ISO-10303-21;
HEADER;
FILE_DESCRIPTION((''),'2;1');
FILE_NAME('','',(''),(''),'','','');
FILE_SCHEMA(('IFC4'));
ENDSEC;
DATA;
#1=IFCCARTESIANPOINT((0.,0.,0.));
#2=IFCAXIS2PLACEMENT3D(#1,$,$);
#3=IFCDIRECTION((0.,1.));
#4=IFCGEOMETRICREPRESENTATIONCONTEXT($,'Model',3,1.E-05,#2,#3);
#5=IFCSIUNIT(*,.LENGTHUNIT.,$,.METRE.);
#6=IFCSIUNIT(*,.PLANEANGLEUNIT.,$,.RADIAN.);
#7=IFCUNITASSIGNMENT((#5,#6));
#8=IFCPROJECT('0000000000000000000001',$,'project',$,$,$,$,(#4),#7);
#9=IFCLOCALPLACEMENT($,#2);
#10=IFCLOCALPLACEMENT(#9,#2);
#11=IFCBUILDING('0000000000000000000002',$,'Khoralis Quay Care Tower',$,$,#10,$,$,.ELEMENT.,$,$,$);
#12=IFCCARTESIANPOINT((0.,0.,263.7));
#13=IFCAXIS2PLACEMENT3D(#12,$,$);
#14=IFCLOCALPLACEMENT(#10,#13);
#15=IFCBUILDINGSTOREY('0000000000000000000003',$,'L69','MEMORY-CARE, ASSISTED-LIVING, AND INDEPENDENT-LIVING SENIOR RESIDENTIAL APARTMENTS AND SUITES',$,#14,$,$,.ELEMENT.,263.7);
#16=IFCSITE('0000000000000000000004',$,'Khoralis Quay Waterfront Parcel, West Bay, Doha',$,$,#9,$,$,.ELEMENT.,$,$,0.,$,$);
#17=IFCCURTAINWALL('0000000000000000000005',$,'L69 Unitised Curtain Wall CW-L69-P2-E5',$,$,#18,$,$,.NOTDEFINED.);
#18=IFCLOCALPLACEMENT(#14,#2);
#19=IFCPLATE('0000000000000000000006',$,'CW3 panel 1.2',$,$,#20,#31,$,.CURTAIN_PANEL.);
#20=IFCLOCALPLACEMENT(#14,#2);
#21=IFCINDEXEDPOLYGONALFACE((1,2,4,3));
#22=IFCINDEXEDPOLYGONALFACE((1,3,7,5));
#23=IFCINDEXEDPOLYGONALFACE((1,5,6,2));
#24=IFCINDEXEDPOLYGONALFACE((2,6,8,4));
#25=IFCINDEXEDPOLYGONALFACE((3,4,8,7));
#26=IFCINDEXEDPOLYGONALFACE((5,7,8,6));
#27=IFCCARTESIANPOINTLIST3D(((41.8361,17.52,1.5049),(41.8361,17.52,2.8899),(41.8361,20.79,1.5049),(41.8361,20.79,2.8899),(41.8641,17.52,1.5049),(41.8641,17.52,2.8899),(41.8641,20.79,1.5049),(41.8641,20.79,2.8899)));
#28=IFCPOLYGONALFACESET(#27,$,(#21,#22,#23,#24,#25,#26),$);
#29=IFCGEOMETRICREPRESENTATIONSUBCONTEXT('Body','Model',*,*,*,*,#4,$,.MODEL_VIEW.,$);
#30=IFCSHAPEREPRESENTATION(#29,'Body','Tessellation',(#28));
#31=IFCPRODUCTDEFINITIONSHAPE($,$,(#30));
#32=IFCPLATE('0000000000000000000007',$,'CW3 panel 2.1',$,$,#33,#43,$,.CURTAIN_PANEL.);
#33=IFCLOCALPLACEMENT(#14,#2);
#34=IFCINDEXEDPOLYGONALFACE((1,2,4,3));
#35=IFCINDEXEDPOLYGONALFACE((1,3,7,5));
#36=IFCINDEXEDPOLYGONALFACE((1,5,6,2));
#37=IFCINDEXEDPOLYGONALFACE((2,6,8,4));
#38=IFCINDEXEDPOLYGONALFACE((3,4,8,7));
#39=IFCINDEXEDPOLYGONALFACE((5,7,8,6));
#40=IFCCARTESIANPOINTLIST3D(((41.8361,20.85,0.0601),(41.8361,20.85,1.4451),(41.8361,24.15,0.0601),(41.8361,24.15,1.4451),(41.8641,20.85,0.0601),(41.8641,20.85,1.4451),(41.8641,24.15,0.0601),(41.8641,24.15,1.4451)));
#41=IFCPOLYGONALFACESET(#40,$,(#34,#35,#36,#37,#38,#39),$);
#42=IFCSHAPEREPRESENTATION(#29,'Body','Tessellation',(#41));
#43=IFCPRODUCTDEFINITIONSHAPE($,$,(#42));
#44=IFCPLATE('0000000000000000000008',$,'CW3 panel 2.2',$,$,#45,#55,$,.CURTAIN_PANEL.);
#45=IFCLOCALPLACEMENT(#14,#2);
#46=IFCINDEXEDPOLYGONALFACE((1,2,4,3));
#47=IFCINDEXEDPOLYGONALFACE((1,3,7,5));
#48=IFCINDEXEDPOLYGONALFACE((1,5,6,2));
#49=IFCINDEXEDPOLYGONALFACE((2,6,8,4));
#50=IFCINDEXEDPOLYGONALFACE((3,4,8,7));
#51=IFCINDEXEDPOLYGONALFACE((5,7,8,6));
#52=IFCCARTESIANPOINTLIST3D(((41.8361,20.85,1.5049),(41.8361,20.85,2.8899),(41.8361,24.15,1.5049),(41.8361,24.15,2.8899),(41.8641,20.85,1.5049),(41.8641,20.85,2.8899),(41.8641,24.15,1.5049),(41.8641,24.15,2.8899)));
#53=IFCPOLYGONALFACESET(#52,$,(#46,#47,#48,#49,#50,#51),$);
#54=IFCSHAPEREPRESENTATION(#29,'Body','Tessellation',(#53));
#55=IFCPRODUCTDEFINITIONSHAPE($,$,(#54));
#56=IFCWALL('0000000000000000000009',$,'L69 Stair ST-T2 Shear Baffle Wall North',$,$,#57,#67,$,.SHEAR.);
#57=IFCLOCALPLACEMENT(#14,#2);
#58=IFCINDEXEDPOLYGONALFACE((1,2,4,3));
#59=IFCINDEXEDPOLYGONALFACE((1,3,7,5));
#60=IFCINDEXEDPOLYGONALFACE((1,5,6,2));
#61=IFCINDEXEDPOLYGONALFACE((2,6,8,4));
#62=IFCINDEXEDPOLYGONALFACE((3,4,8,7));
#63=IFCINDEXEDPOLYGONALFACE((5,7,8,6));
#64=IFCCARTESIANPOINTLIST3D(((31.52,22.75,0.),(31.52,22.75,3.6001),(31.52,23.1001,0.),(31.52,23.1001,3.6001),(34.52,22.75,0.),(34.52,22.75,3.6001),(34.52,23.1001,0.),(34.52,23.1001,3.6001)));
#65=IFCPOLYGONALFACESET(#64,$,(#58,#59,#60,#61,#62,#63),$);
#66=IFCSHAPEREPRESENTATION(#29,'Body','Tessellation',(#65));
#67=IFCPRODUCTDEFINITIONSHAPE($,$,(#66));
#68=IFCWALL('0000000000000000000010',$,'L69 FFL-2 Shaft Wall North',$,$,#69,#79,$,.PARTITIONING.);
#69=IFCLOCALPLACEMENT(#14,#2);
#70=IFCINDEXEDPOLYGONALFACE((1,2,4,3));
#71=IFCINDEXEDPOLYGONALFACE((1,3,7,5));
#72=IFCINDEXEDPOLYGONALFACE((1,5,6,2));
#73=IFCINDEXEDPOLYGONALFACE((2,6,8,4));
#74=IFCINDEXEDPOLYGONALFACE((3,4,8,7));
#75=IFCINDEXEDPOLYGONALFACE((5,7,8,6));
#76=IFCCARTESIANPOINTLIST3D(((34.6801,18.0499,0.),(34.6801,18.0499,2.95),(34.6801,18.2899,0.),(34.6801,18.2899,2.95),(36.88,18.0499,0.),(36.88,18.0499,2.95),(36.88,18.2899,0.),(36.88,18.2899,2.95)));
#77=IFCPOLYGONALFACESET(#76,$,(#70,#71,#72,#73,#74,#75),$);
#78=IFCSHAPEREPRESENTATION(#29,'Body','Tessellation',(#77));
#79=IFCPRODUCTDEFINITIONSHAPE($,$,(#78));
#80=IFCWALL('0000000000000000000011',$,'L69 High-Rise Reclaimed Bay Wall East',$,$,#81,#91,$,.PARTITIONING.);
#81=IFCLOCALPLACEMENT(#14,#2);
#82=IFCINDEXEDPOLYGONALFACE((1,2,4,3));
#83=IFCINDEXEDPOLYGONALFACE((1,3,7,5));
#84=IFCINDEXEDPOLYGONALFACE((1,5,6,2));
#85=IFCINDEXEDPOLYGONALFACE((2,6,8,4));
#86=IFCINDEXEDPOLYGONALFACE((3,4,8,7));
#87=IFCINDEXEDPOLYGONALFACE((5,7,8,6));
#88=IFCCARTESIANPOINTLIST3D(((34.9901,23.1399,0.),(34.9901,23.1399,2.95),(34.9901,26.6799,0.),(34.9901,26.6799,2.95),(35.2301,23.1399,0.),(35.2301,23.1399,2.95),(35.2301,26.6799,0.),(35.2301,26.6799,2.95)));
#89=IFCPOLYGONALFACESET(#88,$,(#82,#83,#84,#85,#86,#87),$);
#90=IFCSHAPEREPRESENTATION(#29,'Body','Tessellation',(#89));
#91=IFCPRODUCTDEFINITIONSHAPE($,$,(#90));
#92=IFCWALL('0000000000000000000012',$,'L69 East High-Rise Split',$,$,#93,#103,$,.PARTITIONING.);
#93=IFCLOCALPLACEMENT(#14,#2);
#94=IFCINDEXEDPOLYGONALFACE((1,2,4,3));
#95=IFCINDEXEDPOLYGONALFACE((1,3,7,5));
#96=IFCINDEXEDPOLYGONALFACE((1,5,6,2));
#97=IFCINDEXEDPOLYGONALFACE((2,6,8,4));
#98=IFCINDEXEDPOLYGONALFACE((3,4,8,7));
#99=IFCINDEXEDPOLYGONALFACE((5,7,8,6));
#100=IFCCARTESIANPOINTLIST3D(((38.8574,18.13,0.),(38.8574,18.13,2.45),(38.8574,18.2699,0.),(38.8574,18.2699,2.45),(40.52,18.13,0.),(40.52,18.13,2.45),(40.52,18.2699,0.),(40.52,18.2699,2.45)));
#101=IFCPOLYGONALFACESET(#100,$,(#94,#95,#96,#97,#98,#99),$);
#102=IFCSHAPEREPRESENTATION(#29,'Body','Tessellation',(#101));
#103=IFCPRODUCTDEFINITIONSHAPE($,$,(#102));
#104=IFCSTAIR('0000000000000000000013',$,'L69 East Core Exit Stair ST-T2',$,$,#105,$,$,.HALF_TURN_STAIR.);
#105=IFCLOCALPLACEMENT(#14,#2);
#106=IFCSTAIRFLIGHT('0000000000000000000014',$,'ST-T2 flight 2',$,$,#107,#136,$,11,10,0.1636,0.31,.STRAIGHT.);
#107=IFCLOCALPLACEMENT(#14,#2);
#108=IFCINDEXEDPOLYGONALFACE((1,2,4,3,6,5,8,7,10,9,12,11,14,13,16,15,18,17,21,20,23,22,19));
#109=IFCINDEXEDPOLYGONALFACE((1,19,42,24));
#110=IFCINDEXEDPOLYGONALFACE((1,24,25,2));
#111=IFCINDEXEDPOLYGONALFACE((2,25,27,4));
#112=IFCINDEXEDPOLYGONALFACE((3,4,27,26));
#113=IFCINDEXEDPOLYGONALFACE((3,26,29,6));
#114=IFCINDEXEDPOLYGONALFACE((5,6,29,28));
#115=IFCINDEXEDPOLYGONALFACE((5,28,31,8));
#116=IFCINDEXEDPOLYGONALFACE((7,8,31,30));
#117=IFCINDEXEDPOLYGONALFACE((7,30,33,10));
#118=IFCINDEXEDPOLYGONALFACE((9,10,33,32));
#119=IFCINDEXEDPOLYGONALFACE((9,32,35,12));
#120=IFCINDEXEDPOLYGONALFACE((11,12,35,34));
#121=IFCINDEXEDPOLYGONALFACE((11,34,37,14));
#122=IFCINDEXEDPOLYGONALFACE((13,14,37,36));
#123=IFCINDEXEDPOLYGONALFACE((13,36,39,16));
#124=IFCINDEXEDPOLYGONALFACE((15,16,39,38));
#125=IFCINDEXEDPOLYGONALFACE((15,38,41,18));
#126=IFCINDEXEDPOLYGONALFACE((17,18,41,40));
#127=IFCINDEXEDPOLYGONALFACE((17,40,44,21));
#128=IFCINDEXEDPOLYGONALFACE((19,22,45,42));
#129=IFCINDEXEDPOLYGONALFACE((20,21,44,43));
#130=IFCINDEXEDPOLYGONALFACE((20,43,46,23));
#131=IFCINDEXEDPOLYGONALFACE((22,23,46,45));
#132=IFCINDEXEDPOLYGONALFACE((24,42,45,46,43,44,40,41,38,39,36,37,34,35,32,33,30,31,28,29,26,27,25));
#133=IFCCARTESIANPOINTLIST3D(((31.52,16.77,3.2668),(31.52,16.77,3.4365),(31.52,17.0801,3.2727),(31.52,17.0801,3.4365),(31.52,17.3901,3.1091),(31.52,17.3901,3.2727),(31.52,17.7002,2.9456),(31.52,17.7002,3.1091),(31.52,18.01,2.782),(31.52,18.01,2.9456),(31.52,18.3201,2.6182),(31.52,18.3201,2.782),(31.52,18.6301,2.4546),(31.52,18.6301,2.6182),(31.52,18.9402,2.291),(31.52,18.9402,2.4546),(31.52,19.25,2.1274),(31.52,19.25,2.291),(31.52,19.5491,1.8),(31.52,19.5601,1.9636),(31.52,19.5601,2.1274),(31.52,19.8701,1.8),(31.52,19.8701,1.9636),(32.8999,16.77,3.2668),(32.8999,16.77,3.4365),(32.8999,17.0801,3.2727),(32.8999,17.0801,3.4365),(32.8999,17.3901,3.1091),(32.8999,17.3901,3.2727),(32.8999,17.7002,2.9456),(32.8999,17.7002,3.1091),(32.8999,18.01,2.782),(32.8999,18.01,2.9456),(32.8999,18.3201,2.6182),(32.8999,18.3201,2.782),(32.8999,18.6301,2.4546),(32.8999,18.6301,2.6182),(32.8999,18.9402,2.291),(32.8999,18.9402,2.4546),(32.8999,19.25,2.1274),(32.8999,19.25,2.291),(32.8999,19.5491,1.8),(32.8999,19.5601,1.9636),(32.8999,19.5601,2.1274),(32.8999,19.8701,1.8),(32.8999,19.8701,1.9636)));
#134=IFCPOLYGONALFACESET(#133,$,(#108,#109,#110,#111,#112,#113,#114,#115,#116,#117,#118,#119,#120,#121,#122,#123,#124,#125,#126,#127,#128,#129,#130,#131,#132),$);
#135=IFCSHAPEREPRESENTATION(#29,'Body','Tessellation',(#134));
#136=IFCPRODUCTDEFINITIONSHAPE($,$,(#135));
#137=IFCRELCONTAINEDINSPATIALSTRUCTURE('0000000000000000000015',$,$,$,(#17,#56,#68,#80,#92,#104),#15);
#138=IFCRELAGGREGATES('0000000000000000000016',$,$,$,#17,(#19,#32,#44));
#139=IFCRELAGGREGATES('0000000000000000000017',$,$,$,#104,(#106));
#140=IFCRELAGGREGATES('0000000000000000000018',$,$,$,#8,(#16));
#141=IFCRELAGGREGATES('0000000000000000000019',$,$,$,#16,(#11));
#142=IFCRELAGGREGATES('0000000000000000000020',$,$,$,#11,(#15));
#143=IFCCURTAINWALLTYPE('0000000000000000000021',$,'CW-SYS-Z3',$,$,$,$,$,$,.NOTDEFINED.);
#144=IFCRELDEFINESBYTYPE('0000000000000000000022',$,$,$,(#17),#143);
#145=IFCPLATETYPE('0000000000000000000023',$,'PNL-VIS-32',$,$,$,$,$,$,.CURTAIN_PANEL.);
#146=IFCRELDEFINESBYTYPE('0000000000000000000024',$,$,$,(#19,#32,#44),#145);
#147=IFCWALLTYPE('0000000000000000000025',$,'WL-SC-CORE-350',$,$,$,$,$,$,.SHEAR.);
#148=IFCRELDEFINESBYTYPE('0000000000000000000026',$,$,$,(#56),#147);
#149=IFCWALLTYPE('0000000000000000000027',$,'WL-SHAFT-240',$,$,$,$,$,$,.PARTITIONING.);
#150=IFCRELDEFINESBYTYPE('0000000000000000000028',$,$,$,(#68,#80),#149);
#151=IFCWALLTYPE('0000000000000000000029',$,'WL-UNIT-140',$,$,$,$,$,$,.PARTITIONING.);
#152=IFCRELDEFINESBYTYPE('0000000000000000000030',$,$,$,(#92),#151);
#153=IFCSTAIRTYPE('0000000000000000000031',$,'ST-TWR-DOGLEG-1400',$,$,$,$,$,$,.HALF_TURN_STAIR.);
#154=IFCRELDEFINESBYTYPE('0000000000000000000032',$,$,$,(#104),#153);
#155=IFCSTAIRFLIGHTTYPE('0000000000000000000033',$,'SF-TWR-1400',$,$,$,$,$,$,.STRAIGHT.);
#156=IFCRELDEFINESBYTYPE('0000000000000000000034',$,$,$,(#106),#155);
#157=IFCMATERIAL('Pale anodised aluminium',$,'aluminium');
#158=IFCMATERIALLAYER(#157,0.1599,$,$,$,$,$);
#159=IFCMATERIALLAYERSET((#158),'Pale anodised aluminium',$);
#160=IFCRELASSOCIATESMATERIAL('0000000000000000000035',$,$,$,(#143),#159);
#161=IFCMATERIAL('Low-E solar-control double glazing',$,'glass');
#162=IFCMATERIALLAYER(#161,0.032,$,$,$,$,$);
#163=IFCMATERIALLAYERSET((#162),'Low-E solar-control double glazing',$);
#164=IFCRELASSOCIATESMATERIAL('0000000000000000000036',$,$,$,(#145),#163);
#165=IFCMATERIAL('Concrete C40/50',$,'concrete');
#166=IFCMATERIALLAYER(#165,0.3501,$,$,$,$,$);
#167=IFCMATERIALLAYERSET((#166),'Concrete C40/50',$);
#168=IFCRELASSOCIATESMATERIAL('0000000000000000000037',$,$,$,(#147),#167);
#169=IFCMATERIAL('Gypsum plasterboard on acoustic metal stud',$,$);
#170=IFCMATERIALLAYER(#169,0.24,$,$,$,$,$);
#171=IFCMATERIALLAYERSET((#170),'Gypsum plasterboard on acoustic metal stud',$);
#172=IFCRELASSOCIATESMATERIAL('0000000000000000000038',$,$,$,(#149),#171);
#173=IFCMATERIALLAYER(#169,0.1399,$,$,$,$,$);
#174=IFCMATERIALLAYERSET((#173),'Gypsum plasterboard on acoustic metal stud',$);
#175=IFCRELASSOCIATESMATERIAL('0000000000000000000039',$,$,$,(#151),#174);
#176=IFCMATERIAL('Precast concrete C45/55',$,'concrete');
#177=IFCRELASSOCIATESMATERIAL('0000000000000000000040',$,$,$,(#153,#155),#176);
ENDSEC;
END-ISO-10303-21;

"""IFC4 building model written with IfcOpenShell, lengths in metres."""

from ifc_helpers import new_model, si_unit, direction, frame, frame_2d, origin, origin_2d, place, context, subcontext, project, spatial, polyline, rectangle, outline, extrude, source, transform, mapped, material, layer, layer_set, type_object, element, aggregate, save


model = new_model("IFC4")

# Units and contexts
model_context = context("Model", 3, precision=1e-05, world=origin(), true_north=direction((0.0, 1.0)))
body_context = subcontext(model_context, "Body", "Model", "MODEL_VIEW")
ifc_project = project(units=[si_unit("LENGTHUNIT", "METRE"), si_unit("PLANEANGLEUNIT", "RADIAN")], contexts=[model_context])

# Site, building, storey
site_placement = place(None, origin())
site = spatial("IfcSite", under=ifc_project, at=site_placement, Name="Khoralis Quay Waterfront Parcel, West Bay, Doha", CompositionType="ELEMENT", RefElevation=0.0)
building_placement = place(site_placement, origin())
building = spatial("IfcBuilding", under=site, at=building_placement, Name="Khoralis Quay Care Tower", CompositionType="ELEMENT")
storey_placement = place(building_placement, frame((0.0, 0.0, 263.7)))
storey = spatial("IfcBuildingStorey", under=building, at=storey_placement, Name="L69", Description="MEMORY-CARE, ASSISTED-LIVING, AND INDEPENDENT-LIVING SENIOR RESIDENTIAL APARTMENTS AND SUITES", CompositionType="ELEMENT", Elevation=263.7)

# Curtain wall, plates
ifc_material_1 = material(Name="Pale anodised aluminium", Category="aluminium")
ifc_layer_1 = layer(ifc_material_1, 0.1599)
ifc_layer_set_1 = layer_set([ifc_layer_1], Name="Pale anodised aluminium")
curtain_wall_type = type_object("IfcCurtainWallType", Name="CW-SYS-Z3", PredefinedType="NOTDEFINED", material=ifc_layer_set_1)
curtain_wall_placement = place(storey_placement, origin())
curtain_wall = element("IfcCurtainWall", 1, at=curtain_wall_placement, inside=storey, type_object=curtain_wall_type, Name="L69 Unitised Curtain Wall CW-L69-P2-E5", PredefinedType="NOTDEFINED")
ifc_material_2 = material(Name="Low-E solar-control double glazing", Category="glass")
ifc_layer_2 = layer(ifc_material_2, 0.032)
ifc_layer_set_2 = layer_set([ifc_layer_2], Name="Low-E solar-control double glazing")
plate_type = type_object("IfcPlateType", Name="PNL-VIS-32", PredefinedType="CURTAIN_PANEL", material=ifc_layer_set_2)
shared_shape_1 = source(origin(), body_context, "Body", "SweptSolid", [
    extrude(rectangle(XDim=3.27, YDim=0.0281, at=origin_2d()), origin(), (0.0, 0.0, 1.0), 1.385),
])
plate_1_placement = place(storey_placement, frame((41.8501, 19.155, 1.5049), z_axis=(0.0, 0.0, 1.0), x_axis=(0.0, 1.0, 0.0)))
plate_1 = element("IfcPlate", 2, at=plate_1_placement, type_object=plate_type, Name="CW3 panel 1.2", PredefinedType="CURTAIN_PANEL", context=body_context, shape_type="MappedRepresentation", body=[
    mapped(shared_shape_1, transform((0.0, 0.0, 0.0), scale=1.0)),
])
shared_shape_2 = source(origin(), body_context, "Body", "SweptSolid", [
    extrude(rectangle(XDim=3.3, YDim=0.0281, at=origin_2d()), origin(), (0.0, 0.0, 1.0), 1.385),
])
plate_2_placement = place(storey_placement, frame((41.8501, 22.5, 0.0601), z_axis=(0.0, 0.0, 1.0), x_axis=(0.0, 1.0, 0.0)))
plate_2 = element("IfcPlate", 3, at=plate_2_placement, type_object=plate_type, Name="CW3 panel 2.1", PredefinedType="CURTAIN_PANEL", context=body_context, shape_type="MappedRepresentation", body=[
    mapped(shared_shape_2, transform((0.0, 0.0, 0.0), scale=1.0)),
])
plate_3_placement = place(storey_placement, frame((41.8501, 22.5, 1.5049), z_axis=(0.0, 0.0, 1.0), x_axis=(0.0, 1.0, 0.0)))
plate_3 = element("IfcPlate", 4, at=plate_3_placement, type_object=plate_type, Name="CW3 panel 2.2", PredefinedType="CURTAIN_PANEL", context=body_context, shape_type="MappedRepresentation", body=[
    mapped(shared_shape_2, transform((0.0, 0.0, 0.0), scale=1.0)),
])
aggregate(curtain_wall, [plate_1, plate_2, plate_3])

# Walls
ifc_material_3 = material(Name="Concrete C40/50", Category="concrete")
ifc_layer_3 = layer(ifc_material_3, 0.3501)
ifc_layer_set_3 = layer_set([ifc_layer_3], Name="Concrete C40/50")
wall_type_1 = type_object("IfcWallType", Name="WL-SC-CORE-350", PredefinedType="SHEAR", material=ifc_layer_set_3)
wall_1_placement = place(storey_placement, frame((31.52, 22.925, 0.0), z_axis=(0.0, 0.0, 1.0), x_axis=(1.0, 0.0, 0.0)))
element("IfcWall", 5, at=wall_1_placement, inside=storey, type_object=wall_type_1, Name="L69 Stair ST-T2 Shear Baffle Wall North", PredefinedType="SHEAR", context=body_context, shape_type="SweptSolid", body=[
    extrude(rectangle(XDim=3.0, YDim=0.3501, at=frame_2d((1.5, 0.0))), origin(), (0.0, 0.0, 1.0), 3.6001),
])
ifc_material_4 = material(Name="Gypsum plasterboard on acoustic metal stud")
ifc_layer_4 = layer(ifc_material_4, 0.24)
ifc_layer_set_4 = layer_set([ifc_layer_4], Name="Gypsum plasterboard on acoustic metal stud")
wall_type_2 = type_object("IfcWallType", Name="WL-SHAFT-240", PredefinedType="PARTITIONING", material=ifc_layer_set_4)
wall_2_placement = place(storey_placement, frame((34.6799, 18.1699, 0.0), z_axis=(0.0, 0.0, 1.0), x_axis=(1.0, 0.0, 0.0)))
element("IfcWall", 6, at=wall_2_placement, inside=storey, type_object=wall_type_2, Name="L69 FFL-2 Shaft Wall North", PredefinedType="PARTITIONING", context=body_context, shape_type="SweptSolid", body=[
    extrude(rectangle(XDim=2.2, YDim=0.24, at=frame_2d((1.1001, 0.0))), origin(), (0.0, 0.0, 1.0), 2.95),
])
wall_3_placement = place(storey_placement, frame((35.1101, 23.1399, 0.0), z_axis=(0.0, 0.0, 1.0), x_axis=(0.0, 1.0, 0.0)))
element("IfcWall", 7, at=wall_3_placement, inside=storey, type_object=wall_type_2, Name="L69 High-Rise Reclaimed Bay Wall East", PredefinedType="PARTITIONING", context=body_context, shape_type="SweptSolid", body=[
    extrude(rectangle(XDim=3.54, YDim=0.24, at=frame_2d((1.77, 0.0))), origin(), (0.0, 0.0, 1.0), 2.95),
])
ifc_layer_5 = layer(ifc_material_4, 0.1399)
ifc_layer_set_5 = layer_set([ifc_layer_5], Name="Gypsum plasterboard on acoustic metal stud")
wall_type_3 = type_object("IfcWallType", Name="WL-UNIT-140", PredefinedType="PARTITIONING", material=ifc_layer_set_5)
wall_4_placement = place(storey_placement, frame((38.8574, 18.2, 0.0), z_axis=(0.0, 0.0, 1.0), x_axis=(1.0, 0.0, 0.0)))
element("IfcWall", 8, at=wall_4_placement, inside=storey, type_object=wall_type_3, Name="L69 East High-Rise Split", PredefinedType="PARTITIONING", context=body_context, shape_type="SweptSolid", body=[
    extrude(rectangle(XDim=1.6626, YDim=0.1399, at=frame_2d((0.8313, 0.0))), origin(), (0.0, 0.0, 1.0), 2.45),
])

# Stair, stair flight
ifc_material_5 = material(Name="Precast concrete C45/55", Category="concrete")
stair_type = type_object("IfcStairType", Name="ST-TWR-DOGLEG-1400", PredefinedType="HALF_TURN_STAIR", material=ifc_material_5)
stair_placement = place(storey_placement, origin())
stair = element("IfcStair", 9, at=stair_placement, inside=storey, type_object=stair_type, Name="L69 East Core Exit Stair ST-T2", PredefinedType="HALF_TURN_STAIR")
stair_flight_type = type_object("IfcStairFlightType", Name="SF-TWR-1400", PredefinedType="STRAIGHT", material=ifc_material_5)
shared_shape_3 = source(origin(), body_context, "Body", "SweptSolid", [
    extrude(outline(polyline([(0.0, 0.0), (0.0, 0.1636), (0.3101, 0.1636), (0.3101, 0.3274), (0.6201, 0.3274), (0.6201, 0.491), (0.9299, 0.491), (0.9299, 0.6545), (1.24, 0.6545), (1.24, 0.8181), (1.55, 0.8181), (1.55, 0.9819), (1.8601, 0.9819), (1.8601, 1.1455), (2.1699, 1.1455), (2.1699, 1.3091), (2.48, 1.3091), (2.48, 1.4727), (2.79, 1.4727), (2.79, 1.6365), (3.1001, 1.6365), (3.1001, 1.8), (3.1001, 1.4668), (0.321, 0.0), (0.0, 0.0)])), frame((0.0, 0.6899, 0.0), z_axis=(0.0, -1.0, 0.0), x_axis=(1.0, 0.0, 0.0)), (0.0, 0.0, 1.0), 1.3799),
])
stair_flight_placement = place(storey_placement, frame((32.21, 19.8701, 1.8), z_axis=(0.0, 0.0, 1.0), x_axis=(0.0, -1.0, 0.0)))
stair_flight = element("IfcStairFlight", 10, at=stair_flight_placement, type_object=stair_flight_type, Name="ST-T2 flight 2", NumberOfRisers=11, NumberOfTreads=10, PredefinedType="STRAIGHT", RiserHeight=0.1636, TreadLength=0.31, context=body_context, shape_type="MappedRepresentation", body=[
    mapped(shared_shape_3, transform((0.0, 0.0, 0.0), scale=1.0)),
])
aggregate(stair, [stair_flight])

save(model, "model.ifc")
